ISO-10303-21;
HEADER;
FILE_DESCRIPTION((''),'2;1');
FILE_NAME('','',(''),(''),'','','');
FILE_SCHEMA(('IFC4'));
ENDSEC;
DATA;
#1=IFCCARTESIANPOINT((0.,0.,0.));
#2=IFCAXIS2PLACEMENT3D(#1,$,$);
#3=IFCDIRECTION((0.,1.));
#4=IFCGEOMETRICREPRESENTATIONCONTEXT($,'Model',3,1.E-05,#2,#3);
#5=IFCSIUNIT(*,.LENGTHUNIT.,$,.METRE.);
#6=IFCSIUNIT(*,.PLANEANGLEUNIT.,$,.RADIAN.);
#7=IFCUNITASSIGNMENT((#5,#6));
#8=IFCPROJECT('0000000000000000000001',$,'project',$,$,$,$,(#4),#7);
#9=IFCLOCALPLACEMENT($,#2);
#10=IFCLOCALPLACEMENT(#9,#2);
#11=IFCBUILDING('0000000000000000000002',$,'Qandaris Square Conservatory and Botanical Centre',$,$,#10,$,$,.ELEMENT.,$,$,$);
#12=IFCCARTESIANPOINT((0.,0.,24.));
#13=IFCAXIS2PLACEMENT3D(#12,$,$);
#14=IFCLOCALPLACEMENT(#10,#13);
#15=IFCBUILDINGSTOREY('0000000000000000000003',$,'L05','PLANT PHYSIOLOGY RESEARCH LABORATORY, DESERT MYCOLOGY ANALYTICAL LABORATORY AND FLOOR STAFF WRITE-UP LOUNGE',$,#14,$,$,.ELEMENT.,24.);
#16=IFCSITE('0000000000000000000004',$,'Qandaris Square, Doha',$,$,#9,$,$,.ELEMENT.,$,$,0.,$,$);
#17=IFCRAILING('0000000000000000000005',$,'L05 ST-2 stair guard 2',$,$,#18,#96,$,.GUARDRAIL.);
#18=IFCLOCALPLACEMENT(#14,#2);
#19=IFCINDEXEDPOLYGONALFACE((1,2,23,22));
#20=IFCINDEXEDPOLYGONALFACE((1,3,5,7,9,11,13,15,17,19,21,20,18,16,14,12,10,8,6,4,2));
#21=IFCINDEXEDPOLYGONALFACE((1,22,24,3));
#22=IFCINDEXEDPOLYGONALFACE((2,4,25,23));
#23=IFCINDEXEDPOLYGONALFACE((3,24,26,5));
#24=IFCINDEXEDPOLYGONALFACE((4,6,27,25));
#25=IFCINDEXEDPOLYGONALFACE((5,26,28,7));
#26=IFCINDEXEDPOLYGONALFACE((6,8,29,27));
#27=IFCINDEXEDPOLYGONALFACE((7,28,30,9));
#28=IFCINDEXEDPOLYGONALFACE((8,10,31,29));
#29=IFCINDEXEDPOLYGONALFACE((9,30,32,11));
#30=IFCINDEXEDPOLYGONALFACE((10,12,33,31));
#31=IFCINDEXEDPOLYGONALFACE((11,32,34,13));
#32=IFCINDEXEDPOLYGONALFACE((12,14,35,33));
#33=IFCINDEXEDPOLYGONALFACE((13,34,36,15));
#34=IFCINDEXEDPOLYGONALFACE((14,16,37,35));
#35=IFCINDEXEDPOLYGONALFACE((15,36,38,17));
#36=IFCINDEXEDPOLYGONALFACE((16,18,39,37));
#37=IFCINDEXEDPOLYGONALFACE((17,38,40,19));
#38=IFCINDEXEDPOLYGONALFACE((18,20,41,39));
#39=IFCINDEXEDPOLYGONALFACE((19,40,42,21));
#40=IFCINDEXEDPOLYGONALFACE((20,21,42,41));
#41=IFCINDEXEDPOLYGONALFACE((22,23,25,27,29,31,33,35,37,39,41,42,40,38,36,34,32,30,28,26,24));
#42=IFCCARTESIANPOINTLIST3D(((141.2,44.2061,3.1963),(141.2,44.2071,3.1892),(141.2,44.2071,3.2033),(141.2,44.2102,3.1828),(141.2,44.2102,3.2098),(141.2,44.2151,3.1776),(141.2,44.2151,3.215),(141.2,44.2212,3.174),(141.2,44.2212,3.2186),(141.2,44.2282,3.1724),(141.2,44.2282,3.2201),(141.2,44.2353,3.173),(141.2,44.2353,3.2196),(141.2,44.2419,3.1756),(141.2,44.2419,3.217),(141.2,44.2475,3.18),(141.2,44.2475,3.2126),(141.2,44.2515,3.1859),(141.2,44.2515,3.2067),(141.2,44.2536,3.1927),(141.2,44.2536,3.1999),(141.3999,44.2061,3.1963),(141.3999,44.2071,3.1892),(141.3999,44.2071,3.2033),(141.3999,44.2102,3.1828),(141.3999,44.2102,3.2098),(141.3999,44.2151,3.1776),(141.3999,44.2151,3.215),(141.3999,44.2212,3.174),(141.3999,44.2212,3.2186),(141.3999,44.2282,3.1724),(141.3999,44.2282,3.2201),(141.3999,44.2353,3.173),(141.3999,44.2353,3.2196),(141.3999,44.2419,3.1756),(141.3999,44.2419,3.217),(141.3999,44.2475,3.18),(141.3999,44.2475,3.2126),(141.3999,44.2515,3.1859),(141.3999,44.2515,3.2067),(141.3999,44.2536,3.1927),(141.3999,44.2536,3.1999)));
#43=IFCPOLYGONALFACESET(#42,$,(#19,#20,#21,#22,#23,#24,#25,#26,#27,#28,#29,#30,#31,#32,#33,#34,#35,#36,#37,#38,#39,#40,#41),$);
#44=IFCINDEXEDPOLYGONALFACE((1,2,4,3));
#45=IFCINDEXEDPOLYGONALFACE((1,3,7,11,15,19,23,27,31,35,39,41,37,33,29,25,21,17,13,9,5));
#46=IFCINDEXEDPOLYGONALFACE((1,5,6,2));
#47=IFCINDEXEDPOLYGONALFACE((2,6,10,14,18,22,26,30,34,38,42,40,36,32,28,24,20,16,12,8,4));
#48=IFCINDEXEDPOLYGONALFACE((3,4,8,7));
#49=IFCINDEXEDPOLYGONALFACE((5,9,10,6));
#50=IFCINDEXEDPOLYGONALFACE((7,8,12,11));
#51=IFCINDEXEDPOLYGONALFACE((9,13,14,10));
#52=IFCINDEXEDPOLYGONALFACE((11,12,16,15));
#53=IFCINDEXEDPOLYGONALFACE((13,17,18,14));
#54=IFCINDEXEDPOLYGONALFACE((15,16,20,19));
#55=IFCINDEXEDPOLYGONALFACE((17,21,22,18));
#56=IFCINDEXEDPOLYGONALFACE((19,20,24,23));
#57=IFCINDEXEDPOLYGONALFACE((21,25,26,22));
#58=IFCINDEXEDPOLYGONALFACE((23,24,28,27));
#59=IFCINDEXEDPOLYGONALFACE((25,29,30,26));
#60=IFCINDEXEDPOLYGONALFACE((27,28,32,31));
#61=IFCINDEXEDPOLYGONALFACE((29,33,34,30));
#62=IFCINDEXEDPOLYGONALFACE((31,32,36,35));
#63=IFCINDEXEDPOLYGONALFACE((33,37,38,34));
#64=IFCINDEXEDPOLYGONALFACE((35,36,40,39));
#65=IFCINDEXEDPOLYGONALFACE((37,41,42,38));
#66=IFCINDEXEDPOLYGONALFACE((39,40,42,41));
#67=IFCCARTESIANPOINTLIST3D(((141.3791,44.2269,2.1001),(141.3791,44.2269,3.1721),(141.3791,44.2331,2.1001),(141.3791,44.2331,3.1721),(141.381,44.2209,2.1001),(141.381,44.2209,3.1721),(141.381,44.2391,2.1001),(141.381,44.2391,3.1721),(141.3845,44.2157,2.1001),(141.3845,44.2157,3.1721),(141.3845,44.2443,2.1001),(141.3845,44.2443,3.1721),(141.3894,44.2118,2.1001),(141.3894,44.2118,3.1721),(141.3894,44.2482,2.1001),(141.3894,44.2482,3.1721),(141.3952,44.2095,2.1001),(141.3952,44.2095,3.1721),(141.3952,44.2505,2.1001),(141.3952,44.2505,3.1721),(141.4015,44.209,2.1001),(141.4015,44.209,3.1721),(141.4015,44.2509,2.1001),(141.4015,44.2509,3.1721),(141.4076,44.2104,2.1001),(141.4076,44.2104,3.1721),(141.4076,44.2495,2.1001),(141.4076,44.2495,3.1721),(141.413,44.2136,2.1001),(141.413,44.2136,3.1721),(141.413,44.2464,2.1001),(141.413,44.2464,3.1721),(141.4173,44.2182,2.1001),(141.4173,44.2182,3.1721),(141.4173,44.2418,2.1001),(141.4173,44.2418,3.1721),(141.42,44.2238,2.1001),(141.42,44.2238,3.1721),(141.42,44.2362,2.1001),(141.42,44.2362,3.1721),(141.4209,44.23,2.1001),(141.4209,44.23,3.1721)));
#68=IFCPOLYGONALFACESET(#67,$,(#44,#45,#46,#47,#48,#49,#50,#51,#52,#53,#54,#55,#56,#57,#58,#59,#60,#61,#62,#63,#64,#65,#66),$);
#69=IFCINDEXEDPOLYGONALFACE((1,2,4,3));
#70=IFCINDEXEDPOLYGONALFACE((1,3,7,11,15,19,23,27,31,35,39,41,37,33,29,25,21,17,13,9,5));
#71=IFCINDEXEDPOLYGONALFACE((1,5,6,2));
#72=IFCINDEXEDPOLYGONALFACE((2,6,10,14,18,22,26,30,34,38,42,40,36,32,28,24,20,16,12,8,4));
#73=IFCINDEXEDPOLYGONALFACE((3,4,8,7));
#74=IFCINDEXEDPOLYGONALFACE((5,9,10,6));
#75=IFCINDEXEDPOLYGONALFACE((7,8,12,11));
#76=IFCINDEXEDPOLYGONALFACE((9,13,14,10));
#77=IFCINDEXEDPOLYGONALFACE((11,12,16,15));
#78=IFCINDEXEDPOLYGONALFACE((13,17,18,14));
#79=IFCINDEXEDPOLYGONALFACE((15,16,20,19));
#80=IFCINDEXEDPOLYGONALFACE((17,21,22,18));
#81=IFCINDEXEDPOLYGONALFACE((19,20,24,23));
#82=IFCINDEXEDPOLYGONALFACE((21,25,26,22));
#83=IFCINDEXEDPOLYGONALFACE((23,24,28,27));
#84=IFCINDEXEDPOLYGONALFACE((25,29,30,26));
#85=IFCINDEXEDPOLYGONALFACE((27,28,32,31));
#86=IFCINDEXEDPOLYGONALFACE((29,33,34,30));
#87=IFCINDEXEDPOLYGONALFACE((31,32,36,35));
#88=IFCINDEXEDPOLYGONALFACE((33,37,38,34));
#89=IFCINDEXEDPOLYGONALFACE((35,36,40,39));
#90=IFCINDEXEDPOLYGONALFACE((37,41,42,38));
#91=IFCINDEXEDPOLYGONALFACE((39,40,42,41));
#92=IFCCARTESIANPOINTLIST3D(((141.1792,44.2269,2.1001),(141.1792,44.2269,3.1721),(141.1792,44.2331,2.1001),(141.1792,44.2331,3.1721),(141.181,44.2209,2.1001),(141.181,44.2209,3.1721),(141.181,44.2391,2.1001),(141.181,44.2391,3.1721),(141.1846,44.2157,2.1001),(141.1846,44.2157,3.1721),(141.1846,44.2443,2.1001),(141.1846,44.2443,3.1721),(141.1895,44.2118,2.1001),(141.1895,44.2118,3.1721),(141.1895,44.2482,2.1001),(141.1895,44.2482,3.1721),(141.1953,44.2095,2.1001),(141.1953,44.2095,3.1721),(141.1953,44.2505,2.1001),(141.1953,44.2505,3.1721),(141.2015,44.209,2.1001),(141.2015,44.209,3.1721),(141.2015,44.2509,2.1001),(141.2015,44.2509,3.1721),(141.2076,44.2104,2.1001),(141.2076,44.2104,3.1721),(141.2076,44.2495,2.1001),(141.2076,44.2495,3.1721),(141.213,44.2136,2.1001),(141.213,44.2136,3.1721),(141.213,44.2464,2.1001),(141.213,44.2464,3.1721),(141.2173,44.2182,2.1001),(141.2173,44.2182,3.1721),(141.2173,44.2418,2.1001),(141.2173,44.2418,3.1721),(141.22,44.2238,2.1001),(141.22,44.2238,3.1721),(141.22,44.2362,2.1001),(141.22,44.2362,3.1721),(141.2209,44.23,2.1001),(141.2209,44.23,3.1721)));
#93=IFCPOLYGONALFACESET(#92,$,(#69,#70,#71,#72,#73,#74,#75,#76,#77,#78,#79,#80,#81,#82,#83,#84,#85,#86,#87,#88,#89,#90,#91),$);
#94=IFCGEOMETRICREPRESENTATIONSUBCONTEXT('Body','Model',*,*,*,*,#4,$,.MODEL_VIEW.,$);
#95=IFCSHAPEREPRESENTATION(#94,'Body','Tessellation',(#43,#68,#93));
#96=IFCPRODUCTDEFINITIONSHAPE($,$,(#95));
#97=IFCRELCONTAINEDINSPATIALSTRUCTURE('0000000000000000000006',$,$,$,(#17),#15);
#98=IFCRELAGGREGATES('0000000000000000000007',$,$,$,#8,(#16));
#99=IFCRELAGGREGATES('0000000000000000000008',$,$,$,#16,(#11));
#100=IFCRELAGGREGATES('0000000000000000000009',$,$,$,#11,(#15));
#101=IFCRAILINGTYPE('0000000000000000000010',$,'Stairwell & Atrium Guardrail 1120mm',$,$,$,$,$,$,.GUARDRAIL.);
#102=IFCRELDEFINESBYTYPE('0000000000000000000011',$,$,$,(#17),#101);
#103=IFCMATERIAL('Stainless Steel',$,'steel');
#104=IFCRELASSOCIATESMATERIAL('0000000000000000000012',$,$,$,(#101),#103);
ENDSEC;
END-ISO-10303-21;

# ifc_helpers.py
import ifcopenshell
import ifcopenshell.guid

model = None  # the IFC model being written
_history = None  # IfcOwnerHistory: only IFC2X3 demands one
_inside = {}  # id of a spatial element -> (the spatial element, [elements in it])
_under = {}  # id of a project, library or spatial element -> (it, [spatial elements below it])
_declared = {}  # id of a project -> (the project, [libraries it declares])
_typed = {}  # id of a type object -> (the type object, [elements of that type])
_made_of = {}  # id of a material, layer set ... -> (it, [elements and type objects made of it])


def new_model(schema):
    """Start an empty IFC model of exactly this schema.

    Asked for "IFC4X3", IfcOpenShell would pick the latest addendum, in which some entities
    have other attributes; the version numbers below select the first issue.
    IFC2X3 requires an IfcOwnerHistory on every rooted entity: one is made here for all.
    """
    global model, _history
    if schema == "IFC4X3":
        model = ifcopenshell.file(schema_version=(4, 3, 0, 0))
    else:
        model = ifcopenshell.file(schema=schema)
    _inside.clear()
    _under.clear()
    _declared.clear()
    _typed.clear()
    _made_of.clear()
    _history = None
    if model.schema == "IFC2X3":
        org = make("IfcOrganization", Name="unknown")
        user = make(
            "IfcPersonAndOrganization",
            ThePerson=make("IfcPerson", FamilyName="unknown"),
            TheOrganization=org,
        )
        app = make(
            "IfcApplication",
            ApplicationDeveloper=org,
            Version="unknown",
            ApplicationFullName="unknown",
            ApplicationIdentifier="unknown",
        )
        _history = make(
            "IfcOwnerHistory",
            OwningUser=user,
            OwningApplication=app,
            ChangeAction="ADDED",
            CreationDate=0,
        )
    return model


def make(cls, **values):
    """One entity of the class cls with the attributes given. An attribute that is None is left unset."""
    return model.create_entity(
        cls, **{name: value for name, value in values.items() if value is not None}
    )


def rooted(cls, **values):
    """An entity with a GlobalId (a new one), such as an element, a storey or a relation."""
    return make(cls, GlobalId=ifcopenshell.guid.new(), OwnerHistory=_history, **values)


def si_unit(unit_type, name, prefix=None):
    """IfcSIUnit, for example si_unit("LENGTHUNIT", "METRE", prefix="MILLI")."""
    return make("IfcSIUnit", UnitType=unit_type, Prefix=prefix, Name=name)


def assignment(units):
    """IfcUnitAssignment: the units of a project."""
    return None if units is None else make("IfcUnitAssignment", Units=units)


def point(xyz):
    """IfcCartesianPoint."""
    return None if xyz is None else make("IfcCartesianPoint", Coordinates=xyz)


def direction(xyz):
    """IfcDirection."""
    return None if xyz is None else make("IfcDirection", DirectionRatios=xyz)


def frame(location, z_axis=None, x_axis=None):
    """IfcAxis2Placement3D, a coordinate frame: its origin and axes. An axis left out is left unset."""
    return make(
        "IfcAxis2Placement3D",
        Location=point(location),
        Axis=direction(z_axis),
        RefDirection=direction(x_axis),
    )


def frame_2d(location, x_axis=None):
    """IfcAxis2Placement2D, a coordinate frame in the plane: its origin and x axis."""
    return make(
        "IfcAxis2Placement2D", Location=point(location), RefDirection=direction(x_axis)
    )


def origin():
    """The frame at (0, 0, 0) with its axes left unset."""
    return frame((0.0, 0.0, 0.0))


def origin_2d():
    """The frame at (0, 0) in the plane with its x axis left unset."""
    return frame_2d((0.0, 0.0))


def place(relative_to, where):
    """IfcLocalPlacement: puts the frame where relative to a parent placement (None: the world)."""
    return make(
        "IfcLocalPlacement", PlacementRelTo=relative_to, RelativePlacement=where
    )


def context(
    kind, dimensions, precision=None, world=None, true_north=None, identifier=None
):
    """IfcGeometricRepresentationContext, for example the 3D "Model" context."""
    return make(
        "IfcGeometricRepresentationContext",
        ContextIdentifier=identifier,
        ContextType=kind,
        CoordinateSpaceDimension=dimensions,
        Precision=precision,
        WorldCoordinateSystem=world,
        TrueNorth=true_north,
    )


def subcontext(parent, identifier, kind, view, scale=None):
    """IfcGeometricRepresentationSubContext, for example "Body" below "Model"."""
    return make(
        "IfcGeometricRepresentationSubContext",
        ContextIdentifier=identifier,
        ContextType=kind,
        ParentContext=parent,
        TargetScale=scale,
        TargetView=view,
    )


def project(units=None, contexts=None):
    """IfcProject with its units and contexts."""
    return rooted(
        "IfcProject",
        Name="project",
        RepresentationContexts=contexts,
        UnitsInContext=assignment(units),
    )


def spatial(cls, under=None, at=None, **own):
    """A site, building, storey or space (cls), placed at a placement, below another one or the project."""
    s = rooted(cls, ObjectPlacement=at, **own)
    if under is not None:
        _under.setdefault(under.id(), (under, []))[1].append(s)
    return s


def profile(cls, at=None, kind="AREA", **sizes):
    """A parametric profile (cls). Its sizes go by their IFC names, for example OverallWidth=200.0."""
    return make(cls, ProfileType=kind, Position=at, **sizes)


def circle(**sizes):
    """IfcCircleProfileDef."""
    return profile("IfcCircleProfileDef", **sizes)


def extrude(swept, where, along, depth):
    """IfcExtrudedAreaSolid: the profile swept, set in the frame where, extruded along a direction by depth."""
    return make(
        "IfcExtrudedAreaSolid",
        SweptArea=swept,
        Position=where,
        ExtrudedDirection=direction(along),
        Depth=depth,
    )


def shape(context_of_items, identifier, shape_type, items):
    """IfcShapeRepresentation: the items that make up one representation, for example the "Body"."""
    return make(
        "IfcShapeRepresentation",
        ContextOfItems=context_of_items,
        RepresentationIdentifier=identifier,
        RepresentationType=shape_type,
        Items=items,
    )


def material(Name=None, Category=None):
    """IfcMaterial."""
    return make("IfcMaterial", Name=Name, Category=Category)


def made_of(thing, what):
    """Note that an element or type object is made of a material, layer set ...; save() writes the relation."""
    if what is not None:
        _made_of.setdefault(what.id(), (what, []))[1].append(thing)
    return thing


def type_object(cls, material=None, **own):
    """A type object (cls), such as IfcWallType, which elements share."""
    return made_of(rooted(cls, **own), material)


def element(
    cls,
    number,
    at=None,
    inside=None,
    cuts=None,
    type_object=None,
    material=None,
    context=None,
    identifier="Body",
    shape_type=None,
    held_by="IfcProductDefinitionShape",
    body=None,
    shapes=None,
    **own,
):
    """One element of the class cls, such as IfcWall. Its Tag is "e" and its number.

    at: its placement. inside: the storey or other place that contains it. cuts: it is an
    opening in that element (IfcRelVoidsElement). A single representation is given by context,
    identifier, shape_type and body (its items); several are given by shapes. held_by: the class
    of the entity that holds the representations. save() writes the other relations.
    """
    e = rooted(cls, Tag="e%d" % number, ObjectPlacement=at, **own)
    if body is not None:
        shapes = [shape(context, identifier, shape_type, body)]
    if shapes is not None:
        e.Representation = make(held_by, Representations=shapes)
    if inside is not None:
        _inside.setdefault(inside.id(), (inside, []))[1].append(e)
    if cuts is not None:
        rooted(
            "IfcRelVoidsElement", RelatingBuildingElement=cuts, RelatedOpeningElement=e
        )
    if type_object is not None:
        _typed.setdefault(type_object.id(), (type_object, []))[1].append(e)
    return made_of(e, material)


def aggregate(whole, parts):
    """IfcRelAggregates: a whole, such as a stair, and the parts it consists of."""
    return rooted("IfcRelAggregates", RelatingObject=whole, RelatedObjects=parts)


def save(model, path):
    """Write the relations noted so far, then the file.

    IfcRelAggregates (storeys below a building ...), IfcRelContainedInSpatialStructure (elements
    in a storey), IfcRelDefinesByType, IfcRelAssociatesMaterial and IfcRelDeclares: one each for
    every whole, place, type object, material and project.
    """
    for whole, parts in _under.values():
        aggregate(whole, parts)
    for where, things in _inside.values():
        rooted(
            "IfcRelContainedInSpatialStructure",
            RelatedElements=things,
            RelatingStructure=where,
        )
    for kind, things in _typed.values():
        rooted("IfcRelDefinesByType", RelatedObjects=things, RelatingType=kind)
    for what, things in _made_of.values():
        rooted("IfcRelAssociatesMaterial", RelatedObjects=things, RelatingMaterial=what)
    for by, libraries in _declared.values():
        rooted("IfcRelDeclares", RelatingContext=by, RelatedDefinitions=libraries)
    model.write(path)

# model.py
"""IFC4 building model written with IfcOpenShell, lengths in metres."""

from ifc_helpers import new_model, si_unit, direction, frame, origin, origin_2d, place, context, subcontext, project, spatial, circle, extrude, material, type_object, element, save


model = new_model("IFC4")

# Units and contexts
model_context = context("Model", 3, precision=1e-05, world=origin(), true_north=direction((0.0, 1.0)))
body_context = subcontext(model_context, "Body", "Model", "MODEL_VIEW")
ifc_project = project(units=[si_unit("LENGTHUNIT", "METRE"), si_unit("PLANEANGLEUNIT", "RADIAN")], contexts=[model_context])

# Site, building, storey
site_placement = place(None, origin())
site = spatial("IfcSite", under=ifc_project, at=site_placement, Name="Qandaris Square, Doha", CompositionType="ELEMENT", RefElevation=0.0)
building_placement = place(site_placement, origin())
building = spatial("IfcBuilding", under=site, at=building_placement, Name="Qandaris Square Conservatory and Botanical Centre", CompositionType="ELEMENT")
storey_placement = place(building_placement, frame((0.0, 0.0, 24.0)))
storey = spatial("IfcBuildingStorey", under=building, at=storey_placement, Name="L05", Description="PLANT PHYSIOLOGY RESEARCH LABORATORY, DESERT MYCOLOGY ANALYTICAL LABORATORY AND FLOOR STAFF WRITE-UP LOUNGE", CompositionType="ELEMENT", Elevation=24.0)

# Railing
ifc_material_1 = material(Name="Stainless Steel", Category="steel")
railing_type_1 = type_object("IfcRailingType", Name="Stairwell & Atrium Guardrail 1120mm", PredefinedType="GUARDRAIL", material=ifc_material_1)
railing_1_placement = place(storey_placement, frame((141.3999, 44.23, 2.1001)))
element("IfcRailing", 1, at=railing_1_placement, inside=storey, type_object=railing_type_1, Name="L05 ST-2 stair guard 2", PredefinedType="GUARDRAIL", context=body_context, shape_type="SweptSolid", body=[
    extrude(circle(Radius=0.0239, at=origin_2d()), frame((0.0, 0.0, 1.0962), z_axis=(-1.0, 0.0, 0.0), x_axis=(0.0, -1.0, 0.0)), (0.0, 0.0, 1.0), 0.2),
    extrude(circle(Radius=0.021, at=origin_2d()), origin(), (0.0, 0.0, 1.0), 1.072),
    extrude(circle(Radius=0.021, at=origin_2d()), frame((-0.2, 0.0, 0.0)), (0.0, 0.0, 1.0), 1.072),
])

save(model, "model.ifc")
